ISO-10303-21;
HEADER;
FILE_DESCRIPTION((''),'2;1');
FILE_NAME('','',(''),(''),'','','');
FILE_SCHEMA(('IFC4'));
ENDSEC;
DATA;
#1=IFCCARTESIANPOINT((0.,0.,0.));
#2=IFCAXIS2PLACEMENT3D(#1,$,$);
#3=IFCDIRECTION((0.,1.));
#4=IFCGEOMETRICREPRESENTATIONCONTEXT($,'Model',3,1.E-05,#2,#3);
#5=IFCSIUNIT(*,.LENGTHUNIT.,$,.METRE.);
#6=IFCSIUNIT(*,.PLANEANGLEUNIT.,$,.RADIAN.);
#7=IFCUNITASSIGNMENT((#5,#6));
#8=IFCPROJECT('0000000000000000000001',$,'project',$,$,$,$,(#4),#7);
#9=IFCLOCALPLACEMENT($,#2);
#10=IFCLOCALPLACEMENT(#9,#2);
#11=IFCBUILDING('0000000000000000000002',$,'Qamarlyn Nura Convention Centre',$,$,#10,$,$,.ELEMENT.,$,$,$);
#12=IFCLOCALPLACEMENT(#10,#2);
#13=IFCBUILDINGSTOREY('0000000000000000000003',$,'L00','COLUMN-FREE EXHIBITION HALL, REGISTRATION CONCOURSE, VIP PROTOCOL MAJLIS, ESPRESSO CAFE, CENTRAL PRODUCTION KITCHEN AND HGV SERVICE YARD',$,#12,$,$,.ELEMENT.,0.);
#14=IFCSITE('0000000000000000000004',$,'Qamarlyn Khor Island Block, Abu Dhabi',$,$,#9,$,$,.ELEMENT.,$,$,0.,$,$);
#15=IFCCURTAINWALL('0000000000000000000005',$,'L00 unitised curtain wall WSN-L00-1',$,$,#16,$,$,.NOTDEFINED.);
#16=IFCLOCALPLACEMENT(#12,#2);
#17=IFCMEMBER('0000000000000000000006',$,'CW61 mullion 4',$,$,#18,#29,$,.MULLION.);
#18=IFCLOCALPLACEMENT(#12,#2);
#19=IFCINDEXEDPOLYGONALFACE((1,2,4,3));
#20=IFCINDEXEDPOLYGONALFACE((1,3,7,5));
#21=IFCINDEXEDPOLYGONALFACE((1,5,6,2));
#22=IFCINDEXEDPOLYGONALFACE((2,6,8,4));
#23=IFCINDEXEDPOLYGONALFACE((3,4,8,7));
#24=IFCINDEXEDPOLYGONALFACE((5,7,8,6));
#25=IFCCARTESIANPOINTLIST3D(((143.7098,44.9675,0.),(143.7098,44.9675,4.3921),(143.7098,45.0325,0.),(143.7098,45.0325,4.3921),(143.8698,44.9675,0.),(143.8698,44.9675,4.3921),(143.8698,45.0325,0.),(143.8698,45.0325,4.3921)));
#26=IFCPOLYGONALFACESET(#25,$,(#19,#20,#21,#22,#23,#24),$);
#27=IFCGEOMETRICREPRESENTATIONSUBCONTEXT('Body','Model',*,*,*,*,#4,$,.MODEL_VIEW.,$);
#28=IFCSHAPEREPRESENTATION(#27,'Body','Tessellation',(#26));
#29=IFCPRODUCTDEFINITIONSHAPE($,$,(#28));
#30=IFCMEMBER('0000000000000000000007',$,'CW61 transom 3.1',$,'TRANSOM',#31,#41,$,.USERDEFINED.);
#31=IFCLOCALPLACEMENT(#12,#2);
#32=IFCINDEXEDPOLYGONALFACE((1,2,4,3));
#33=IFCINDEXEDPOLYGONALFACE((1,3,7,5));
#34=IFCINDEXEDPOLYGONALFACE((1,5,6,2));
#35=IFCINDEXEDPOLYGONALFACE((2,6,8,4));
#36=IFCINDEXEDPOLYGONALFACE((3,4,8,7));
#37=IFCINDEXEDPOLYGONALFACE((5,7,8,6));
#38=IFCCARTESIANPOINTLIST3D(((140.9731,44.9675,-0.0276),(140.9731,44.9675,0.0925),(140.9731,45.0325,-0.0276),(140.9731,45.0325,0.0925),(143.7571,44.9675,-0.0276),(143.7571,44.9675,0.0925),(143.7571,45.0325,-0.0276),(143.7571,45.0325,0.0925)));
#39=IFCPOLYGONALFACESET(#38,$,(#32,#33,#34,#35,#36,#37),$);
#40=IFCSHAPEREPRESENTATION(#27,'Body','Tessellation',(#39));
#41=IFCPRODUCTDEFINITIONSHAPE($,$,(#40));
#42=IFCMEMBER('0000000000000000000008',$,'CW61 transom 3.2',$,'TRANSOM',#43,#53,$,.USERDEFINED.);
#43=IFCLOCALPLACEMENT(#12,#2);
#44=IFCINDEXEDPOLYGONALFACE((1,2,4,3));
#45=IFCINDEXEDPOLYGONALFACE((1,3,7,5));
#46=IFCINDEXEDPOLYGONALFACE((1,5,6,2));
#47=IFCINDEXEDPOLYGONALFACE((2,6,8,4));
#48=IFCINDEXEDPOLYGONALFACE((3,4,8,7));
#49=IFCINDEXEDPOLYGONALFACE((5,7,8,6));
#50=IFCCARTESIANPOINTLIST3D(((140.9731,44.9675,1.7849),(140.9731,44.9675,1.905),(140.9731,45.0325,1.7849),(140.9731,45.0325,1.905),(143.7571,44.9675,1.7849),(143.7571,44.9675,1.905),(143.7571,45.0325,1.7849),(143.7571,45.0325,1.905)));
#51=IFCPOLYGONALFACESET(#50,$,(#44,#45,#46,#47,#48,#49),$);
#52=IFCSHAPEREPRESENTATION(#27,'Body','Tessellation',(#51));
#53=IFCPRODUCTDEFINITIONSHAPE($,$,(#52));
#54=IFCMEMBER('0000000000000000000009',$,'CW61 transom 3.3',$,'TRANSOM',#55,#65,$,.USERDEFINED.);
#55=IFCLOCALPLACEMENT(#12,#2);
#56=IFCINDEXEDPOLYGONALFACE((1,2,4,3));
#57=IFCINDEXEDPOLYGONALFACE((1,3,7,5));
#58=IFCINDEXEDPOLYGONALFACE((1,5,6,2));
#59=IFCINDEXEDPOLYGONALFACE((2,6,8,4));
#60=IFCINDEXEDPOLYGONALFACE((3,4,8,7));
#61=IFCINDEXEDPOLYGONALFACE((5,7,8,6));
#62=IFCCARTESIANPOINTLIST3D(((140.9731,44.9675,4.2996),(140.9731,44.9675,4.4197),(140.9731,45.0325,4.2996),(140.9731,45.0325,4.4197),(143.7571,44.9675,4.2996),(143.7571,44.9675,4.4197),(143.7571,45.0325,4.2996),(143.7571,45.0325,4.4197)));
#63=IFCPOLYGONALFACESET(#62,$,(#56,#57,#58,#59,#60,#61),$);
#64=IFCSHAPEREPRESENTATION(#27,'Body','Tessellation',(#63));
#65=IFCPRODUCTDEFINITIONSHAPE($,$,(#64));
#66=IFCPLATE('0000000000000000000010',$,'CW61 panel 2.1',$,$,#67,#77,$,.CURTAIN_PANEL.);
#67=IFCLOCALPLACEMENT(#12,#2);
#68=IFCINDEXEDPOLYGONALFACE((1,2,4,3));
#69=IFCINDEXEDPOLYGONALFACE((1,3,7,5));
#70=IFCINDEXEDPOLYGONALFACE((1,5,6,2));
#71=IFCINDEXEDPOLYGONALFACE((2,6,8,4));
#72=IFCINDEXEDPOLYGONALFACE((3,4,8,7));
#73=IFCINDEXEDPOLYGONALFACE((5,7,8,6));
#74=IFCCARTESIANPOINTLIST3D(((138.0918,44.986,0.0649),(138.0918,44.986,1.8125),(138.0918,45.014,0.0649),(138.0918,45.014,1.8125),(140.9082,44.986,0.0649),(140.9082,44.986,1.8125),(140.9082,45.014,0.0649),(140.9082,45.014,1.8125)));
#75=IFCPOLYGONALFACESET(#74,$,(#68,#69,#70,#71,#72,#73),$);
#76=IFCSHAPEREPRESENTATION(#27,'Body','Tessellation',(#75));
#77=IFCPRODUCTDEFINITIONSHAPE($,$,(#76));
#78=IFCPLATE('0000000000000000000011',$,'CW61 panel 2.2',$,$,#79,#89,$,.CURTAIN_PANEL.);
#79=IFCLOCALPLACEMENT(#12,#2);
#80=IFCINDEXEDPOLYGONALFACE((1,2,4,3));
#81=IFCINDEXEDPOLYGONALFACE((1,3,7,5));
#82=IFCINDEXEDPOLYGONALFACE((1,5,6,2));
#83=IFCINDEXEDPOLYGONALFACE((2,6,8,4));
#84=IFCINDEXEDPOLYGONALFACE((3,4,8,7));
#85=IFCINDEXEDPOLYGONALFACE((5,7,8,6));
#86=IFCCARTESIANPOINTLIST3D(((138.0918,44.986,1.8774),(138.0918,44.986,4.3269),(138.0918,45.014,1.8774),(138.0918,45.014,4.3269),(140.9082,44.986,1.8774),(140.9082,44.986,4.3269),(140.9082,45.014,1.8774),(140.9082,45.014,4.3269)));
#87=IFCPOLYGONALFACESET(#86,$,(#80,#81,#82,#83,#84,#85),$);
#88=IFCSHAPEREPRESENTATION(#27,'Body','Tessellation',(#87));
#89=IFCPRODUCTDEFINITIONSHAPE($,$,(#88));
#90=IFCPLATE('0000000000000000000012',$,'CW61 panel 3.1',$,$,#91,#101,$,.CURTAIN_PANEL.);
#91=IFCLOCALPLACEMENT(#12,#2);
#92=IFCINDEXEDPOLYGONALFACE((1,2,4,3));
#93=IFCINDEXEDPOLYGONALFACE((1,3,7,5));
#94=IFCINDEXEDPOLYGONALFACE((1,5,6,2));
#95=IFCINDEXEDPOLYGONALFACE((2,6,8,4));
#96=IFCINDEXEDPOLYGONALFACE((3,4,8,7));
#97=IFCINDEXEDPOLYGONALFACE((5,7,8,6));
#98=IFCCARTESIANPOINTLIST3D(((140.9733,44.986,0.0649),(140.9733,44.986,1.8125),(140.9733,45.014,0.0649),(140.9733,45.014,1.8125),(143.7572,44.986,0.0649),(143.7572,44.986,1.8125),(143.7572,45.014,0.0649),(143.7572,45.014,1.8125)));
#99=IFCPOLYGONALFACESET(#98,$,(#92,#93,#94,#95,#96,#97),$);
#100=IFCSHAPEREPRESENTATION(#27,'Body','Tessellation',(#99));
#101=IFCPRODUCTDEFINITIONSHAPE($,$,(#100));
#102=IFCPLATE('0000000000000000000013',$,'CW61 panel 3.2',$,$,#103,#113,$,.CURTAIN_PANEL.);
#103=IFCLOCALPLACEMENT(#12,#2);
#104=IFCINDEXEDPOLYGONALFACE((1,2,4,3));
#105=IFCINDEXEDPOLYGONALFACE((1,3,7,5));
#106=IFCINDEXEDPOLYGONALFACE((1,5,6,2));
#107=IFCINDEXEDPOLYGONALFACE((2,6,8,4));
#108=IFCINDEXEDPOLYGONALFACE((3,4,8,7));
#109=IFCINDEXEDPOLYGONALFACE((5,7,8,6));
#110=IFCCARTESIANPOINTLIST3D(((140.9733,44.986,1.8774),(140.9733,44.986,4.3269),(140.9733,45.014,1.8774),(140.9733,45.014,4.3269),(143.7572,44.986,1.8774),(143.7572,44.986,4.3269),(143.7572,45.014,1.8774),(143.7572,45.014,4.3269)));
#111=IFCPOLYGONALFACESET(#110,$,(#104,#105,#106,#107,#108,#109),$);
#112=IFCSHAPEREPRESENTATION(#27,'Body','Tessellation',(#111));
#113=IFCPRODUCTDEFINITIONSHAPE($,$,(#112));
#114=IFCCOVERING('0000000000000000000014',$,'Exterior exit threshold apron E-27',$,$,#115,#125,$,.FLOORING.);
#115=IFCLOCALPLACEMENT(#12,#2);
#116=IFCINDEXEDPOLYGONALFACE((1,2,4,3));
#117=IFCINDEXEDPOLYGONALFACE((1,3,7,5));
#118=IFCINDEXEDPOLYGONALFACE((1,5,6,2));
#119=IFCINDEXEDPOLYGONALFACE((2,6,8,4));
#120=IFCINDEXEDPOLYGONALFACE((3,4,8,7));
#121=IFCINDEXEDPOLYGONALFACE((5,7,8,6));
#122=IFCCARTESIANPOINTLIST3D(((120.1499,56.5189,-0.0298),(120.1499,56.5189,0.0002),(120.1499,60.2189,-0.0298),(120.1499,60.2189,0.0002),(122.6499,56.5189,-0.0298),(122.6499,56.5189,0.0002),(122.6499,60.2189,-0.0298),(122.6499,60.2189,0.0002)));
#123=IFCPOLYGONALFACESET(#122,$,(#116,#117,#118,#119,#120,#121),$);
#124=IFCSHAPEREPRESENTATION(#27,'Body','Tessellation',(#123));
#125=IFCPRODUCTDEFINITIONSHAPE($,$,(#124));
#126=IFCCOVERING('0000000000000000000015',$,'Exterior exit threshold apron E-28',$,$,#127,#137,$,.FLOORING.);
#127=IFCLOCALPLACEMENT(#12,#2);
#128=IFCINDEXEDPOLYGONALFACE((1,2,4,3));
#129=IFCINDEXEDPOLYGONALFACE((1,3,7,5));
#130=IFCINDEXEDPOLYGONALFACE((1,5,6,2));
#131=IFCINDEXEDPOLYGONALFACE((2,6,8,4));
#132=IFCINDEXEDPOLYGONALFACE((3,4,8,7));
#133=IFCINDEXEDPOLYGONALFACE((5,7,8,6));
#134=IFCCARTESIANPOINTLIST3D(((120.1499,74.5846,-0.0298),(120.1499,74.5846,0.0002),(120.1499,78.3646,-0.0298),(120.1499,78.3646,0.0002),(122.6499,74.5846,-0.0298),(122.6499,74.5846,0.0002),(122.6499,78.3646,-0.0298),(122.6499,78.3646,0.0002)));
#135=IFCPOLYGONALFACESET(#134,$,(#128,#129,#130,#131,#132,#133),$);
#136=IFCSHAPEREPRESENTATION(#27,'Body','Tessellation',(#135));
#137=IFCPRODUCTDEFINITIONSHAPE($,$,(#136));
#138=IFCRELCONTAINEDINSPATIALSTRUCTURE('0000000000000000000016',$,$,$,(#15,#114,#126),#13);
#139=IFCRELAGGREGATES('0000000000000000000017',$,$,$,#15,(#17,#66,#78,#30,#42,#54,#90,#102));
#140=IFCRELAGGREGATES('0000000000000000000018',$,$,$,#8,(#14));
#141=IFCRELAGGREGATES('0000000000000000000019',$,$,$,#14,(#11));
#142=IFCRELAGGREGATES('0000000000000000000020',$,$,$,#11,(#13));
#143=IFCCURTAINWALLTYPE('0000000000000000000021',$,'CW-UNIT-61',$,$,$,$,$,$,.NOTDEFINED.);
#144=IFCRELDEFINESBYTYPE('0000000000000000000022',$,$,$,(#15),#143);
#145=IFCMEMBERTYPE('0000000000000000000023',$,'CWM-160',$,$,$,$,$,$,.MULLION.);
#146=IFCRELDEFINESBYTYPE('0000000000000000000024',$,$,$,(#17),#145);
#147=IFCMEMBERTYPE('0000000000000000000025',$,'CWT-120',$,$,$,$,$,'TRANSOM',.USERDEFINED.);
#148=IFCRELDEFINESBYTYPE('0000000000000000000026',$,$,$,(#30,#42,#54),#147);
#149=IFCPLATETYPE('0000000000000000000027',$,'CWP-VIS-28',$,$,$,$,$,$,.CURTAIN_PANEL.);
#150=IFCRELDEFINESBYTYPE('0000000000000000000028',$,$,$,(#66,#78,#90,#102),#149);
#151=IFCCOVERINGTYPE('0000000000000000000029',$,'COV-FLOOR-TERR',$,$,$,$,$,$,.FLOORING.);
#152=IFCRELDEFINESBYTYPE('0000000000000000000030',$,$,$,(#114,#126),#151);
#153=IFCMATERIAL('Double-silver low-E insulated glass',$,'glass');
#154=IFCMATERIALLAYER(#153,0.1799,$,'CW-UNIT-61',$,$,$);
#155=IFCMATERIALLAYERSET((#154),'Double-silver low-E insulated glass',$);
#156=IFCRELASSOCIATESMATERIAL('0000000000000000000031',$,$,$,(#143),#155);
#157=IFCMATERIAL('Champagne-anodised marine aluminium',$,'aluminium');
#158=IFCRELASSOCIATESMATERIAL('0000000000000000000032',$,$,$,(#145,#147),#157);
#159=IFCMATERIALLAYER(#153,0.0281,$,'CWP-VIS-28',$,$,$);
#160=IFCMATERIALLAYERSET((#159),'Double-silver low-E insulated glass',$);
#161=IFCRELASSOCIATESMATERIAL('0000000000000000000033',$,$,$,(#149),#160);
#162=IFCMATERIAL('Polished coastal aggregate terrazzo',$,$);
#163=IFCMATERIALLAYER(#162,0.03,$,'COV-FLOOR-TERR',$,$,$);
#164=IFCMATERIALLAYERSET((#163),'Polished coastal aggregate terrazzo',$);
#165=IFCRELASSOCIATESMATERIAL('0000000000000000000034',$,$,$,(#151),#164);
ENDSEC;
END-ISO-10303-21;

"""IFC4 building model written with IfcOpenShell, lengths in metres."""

from ifc_helpers import new_model, si_unit, direction, frame, origin, origin_2d, place, context, subcontext, project, spatial, rectangle, extrude, material, layer, layer_set, material_profile, profile_set, type_object, element, aggregate, save


model = new_model("IFC4")

# Units and contexts
model_context = context("Model", 3, precision=1e-05, world=origin(), true_north=direction((0.0, 1.0)))
body_context = subcontext(model_context, "Body", "Model", "MODEL_VIEW")
ifc_project = project(units=[si_unit("LENGTHUNIT", "METRE"), si_unit("PLANEANGLEUNIT", "RADIAN")], contexts=[model_context])

# Site, building, storey
site_placement = place(None, origin())
site = spatial("IfcSite", under=ifc_project, at=site_placement, Name="Qamarlyn Khor Island Block, Abu Dhabi", CompositionType="ELEMENT", RefElevation=0.0)
building_placement = place(site_placement, origin())
building = spatial("IfcBuilding", under=site, at=building_placement, Name="Qamarlyn Nura Convention Centre", CompositionType="ELEMENT")
storey_placement = place(building_placement, origin())
storey = spatial("IfcBuildingStorey", under=building, at=storey_placement, Name="L00", Description="COLUMN-FREE EXHIBITION HALL, REGISTRATION CONCOURSE, VIP PROTOCOL MAJLIS, ESPRESSO CAFE, CENTRAL PRODUCTION KITCHEN AND HGV SERVICE YARD", CompositionType="ELEMENT", Elevation=0.0)

# Curtain wall, members, plates
ifc_material_1 = material(Name="Double-silver low-E insulated glass", Category="glass")
ifc_layer_1 = layer(ifc_material_1, 0.1799, Name="CW-UNIT-61")
ifc_layer_set_1 = layer_set([ifc_layer_1], Name="Double-silver low-E insulated glass")
curtain_wall_type = type_object("IfcCurtainWallType", Name="CW-UNIT-61", PredefinedType="NOTDEFINED", material=ifc_layer_set_1)
curtain_wall_placement = place(storey_placement, origin())
curtain_wall = element("IfcCurtainWall", 1, at=curtain_wall_placement, inside=storey, type_object=curtain_wall_type, Name="L00 unitised curtain wall WSN-L00-1", PredefinedType="NOTDEFINED")
ifc_material_2 = material(Name="Champagne-anodised marine aluminium", Category="aluminium")
ifc_material_profile_1 = material_profile(ifc_material_2, rectangle(XDim=0.0649, YDim=0.1599, at=origin_2d()), Name="ALU MULLION 65x160")
ifc_profile_set_1 = profile_set([ifc_material_profile_1], Name="Champagne-anodised marine aluminium")
member_type_1 = type_object("IfcMemberType", Name="CWM-160", PredefinedType="MULLION", material=ifc_profile_set_1)
member_1_placement = place(storey_placement, frame((143.7898, 45.0, 0.0), z_axis=(0.0, 0.0, 1.0), x_axis=(0.0, 1.0, 0.0)))
member_1 = element("IfcMember", 2, at=member_1_placement, type_object=member_type_1, Name="CW61 mullion 4", PredefinedType="MULLION", context=body_context, shape_type="SweptSolid", body=[
    extrude(rectangle(XDim=0.0649, YDim=0.1599, at=origin_2d()), origin(), (0.0, 0.0, 1.0), 4.3921),
])
ifc_material_profile_2 = material_profile(ifc_material_2, rectangle(XDim=0.0649, YDim=0.1201, at=origin_2d()), Name="ALU TRANSOM 65x120")
ifc_profile_set_2 = profile_set([ifc_material_profile_2], Name="Champagne-anodised marine aluminium")
member_type_2 = type_object("IfcMemberType", Name="CWT-120", ElementType="TRANSOM", PredefinedType="USERDEFINED", material=ifc_profile_set_2)
member_2_placement = place(storey_placement, frame((140.9731, 45.0, 0.0325), z_axis=(1.0, 0.0, 0.0), x_axis=(0.0, 1.0, 0.0)))
member_2 = element("IfcMember", 3, at=member_2_placement, type_object=member_type_2, Name="CW61 transom 3.1", ObjectType="TRANSOM", PredefinedType="USERDEFINED", context=body_context, shape_type="SweptSolid", body=[
    extrude(rectangle(XDim=0.0649, YDim=0.1201, at=origin_2d()), origin(), (0.0, 0.0, 1.0), 2.7839),
])
member_3_placement = place(storey_placement, frame((140.9731, 45.0, 1.845), z_axis=(1.0, 0.0, 0.0), x_axis=(0.0, 1.0, 0.0)))
member_3 = element("IfcMember", 4, at=member_3_placement, type_object=member_type_2, Name="CW61 transom 3.2", ObjectType="TRANSOM", PredefinedType="USERDEFINED", context=body_context, shape_type="SweptSolid", body=[
    extrude(rectangle(XDim=0.0649, YDim=0.1201, at=origin_2d()), origin(), (0.0, 0.0, 1.0), 2.7839),
])
member_4_placement = place(storey_placement, frame((140.9731, 45.0, 4.3596), z_axis=(1.0, 0.0, 0.0), x_axis=(0.0, 1.0, 0.0)))
member_4 = element("IfcMember", 5, at=member_4_placement, type_object=member_type_2, Name="CW61 transom 3.3", ObjectType="TRANSOM", PredefinedType="USERDEFINED", context=body_context, shape_type="SweptSolid", body=[
    extrude(rectangle(XDim=0.0649, YDim=0.1201, at=origin_2d()), origin(), (0.0, 0.0, 1.0), 2.7839),
])
ifc_layer_2 = layer(ifc_material_1, 0.0281, Name="CWP-VIS-28")
ifc_layer_set_2 = layer_set([ifc_layer_2], Name="Double-silver low-E insulated glass")
plate_type = type_object("IfcPlateType", Name="CWP-VIS-28", PredefinedType="CURTAIN_PANEL", material=ifc_layer_set_2)
plate_1_placement = place(storey_placement, frame((139.5, 45.0, 0.0649), z_axis=(0.0, 0.0, 1.0), x_axis=(1.0, 0.0, 0.0)))
plate_1 = element("IfcPlate", 6, at=plate_1_placement, type_object=plate_type, Name="CW61 panel 2.1", PredefinedType="CURTAIN_PANEL", context=body_context, shape_type="SweptSolid", body=[
    extrude(rectangle(XDim=2.8164, YDim=0.0281, at=origin_2d()), origin(), (0.0, 0.0, 1.0), 1.7476),
])
plate_2_placement = place(storey_placement, frame((139.5, 45.0, 1.8774), z_axis=(0.0, 0.0, 1.0), x_axis=(1.0, 0.0, 0.0)))
plate_2 = element("IfcPlate", 7, at=plate_2_placement, type_object=plate_type, Name="CW61 panel 2.2", PredefinedType="CURTAIN_PANEL", context=body_context, shape_type="SweptSolid", body=[
    extrude(rectangle(XDim=2.8164, YDim=0.0281, at=origin_2d()), origin(), (0.0, 0.0, 1.0), 2.4495),
])
plate_3_placement = place(storey_placement, frame((142.3652, 45.0, 0.0649), z_axis=(0.0, 0.0, 1.0), x_axis=(1.0, 0.0, 0.0)))
plate_3 = element("IfcPlate", 8, at=plate_3_placement, type_object=plate_type, Name="CW61 panel 3.1", PredefinedType="CURTAIN_PANEL", context=body_context, shape_type="SweptSolid", body=[
    extrude(rectangle(XDim=2.7839, YDim=0.0281, at=origin_2d()), origin(), (0.0, 0.0, 1.0), 1.7476),
])
plate_4_placement = place(storey_placement, frame((142.3652, 45.0, 1.8774), z_axis=(0.0, 0.0, 1.0), x_axis=(1.0, 0.0, 0.0)))
plate_4 = element("IfcPlate", 9, at=plate_4_placement, type_object=plate_type, Name="CW61 panel 3.2", PredefinedType="CURTAIN_PANEL", context=body_context, shape_type="SweptSolid", body=[
    extrude(rectangle(XDim=2.7839, YDim=0.0281, at=origin_2d()), origin(), (0.0, 0.0, 1.0), 2.4495),
])
aggregate(curtain_wall, [member_1, plate_1, plate_2, member_2, member_3, member_4, plate_3, plate_4])

# Coverings
ifc_material_3 = material(Name="Polished coastal aggregate terrazzo")
ifc_layer_3 = layer(ifc_material_3, 0.03, Name="COV-FLOOR-TERR")
ifc_layer_set_3 = layer_set([ifc_layer_3], Name="Polished coastal aggregate terrazzo")
covering_type = type_object("IfcCoveringType", Name="COV-FLOOR-TERR", PredefinedType="FLOORING", material=ifc_layer_set_3)
covering_1_placement = place(storey_placement, frame((121.3999, 58.3689, -0.0298), z_axis=(0.0, 0.0, 1.0), x_axis=(0.0, -1.0, 0.0)))
element("IfcCovering", 10, at=covering_1_placement, inside=storey, type_object=covering_type, Name="Exterior exit threshold apron E-27", PredefinedType="FLOORING", context=body_context, shape_type="SweptSolid", body=[
    extrude(rectangle(XDim=3.7, YDim=2.5, at=origin_2d()), origin(), (0.0, 0.0, 1.0), 0.03),
])
covering_2_placement = place(storey_placement, frame((121.3999, 76.4746, -0.0298), z_axis=(0.0, 0.0, 1.0), x_axis=(0.0, -1.0, 0.0)))
element("IfcCovering", 11, at=covering_2_placement, inside=storey, type_object=covering_type, Name="Exterior exit threshold apron E-28", PredefinedType="FLOORING", context=body_context, shape_type="SweptSolid", body=[
    extrude(rectangle(XDim=3.78, YDim=2.5, at=origin_2d()), origin(), (0.0, 0.0, 1.0), 0.03),
])

save(model, "model.ifc")
